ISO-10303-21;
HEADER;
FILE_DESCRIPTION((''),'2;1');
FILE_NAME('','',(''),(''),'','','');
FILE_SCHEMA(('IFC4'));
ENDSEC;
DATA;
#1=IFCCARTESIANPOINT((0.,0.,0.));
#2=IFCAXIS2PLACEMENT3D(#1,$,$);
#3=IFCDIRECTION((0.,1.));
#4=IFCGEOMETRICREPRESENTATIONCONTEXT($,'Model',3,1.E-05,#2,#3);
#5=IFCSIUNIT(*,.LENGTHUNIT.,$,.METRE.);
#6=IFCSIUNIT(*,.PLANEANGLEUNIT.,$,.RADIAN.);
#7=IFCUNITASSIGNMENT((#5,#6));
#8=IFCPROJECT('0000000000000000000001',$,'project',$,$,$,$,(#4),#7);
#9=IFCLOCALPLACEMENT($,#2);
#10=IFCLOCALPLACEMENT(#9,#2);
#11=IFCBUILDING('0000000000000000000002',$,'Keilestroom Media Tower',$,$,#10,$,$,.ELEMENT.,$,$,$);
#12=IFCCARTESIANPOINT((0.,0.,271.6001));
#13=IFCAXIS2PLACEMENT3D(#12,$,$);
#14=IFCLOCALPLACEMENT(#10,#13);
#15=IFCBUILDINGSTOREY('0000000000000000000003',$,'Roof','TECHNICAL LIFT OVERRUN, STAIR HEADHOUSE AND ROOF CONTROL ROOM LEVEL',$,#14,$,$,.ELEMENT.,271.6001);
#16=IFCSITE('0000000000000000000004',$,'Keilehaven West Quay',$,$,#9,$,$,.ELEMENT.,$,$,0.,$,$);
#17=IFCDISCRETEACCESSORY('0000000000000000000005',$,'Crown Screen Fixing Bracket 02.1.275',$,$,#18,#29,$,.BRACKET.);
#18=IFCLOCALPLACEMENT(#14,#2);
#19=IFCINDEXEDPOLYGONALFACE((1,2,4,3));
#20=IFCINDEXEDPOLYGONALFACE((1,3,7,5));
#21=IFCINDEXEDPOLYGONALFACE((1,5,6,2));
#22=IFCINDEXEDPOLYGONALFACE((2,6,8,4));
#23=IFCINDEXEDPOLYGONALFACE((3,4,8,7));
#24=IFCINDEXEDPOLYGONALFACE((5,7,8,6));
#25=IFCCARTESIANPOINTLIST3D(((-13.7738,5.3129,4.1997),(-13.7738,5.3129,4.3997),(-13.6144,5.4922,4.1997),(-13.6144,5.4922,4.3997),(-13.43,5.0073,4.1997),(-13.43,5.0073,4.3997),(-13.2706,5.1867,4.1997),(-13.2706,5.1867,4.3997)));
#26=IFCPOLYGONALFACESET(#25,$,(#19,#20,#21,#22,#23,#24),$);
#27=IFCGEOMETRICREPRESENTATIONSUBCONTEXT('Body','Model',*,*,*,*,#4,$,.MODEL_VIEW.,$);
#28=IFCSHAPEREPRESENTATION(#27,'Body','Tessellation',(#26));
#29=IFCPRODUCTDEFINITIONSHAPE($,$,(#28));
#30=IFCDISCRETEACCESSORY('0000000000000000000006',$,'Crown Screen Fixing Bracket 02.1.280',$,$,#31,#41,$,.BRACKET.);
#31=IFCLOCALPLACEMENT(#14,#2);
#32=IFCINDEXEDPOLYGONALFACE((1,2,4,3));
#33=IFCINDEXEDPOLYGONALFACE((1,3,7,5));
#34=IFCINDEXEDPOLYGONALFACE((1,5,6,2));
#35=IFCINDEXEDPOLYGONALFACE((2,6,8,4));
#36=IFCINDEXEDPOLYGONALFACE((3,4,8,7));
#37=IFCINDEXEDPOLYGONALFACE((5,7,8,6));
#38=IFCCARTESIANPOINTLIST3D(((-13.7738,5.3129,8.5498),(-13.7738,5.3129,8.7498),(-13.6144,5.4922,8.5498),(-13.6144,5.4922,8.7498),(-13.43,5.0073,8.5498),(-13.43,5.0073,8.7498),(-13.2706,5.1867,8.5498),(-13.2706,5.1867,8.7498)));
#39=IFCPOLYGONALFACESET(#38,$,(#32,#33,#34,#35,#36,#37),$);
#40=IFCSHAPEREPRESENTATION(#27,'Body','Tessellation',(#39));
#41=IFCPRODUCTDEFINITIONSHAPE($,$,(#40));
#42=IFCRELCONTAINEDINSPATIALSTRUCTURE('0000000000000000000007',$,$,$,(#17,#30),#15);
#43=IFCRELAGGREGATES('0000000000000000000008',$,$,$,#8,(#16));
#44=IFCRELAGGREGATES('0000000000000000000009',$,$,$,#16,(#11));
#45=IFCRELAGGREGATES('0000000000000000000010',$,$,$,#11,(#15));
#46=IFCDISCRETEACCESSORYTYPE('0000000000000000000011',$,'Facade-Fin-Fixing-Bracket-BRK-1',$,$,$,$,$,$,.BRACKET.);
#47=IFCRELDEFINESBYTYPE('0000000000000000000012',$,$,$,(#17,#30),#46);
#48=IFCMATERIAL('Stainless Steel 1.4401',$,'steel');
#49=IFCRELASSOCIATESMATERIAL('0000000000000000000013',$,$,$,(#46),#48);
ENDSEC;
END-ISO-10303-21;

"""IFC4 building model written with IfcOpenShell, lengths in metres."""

from ifc_helpers import new_model, si_unit, direction, frame, origin, origin_2d, place, context, subcontext, project, spatial, rectangle, extrude, source, transform, mapped, material, type_object, element, save


model = new_model("IFC4")

# Units and contexts
model_context = context("Model", 3, precision=1e-05, world=origin(), true_north=direction((0.0, 1.0)))
body_context = subcontext(model_context, "Body", "Model", "MODEL_VIEW")
ifc_project = project(units=[si_unit("LENGTHUNIT", "METRE"), si_unit("PLANEANGLEUNIT", "RADIAN")], contexts=[model_context])

# Site, building, storey
site_placement = place(None, origin())
site = spatial("IfcSite", under=ifc_project, at=site_placement, Name="Keilehaven West Quay", CompositionType="ELEMENT", RefElevation=0.0)
building_placement = place(site_placement, origin())
building = spatial("IfcBuilding", under=site, at=building_placement, Name="Keilestroom Media Tower", CompositionType="ELEMENT")
storey_placement = place(building_placement, frame((0.0, 0.0, 271.6001)))
storey = spatial("IfcBuildingStorey", under=building, at=storey_placement, Name="Roof", Description="TECHNICAL LIFT OVERRUN, STAIR HEADHOUSE AND ROOF CONTROL ROOM LEVEL", CompositionType="ELEMENT", Elevation=271.6001)

# Discrete accessories
ifc_material_1 = material(Name="Stainless Steel 1.4401", Category="steel")
discrete_accessory_type = type_object("IfcDiscreteAccessoryType", Name="Facade-Fin-Fixing-Bracket-BRK-1", PredefinedType="BRACKET", material=ifc_material_1)
shared_shape_1 = source(origin(), body_context, "Body", "SweptSolid", [
    extrude(rectangle(XDim=0.24, YDim=0.46, at=origin_2d()), origin(), (0.0, 0.0, 1.0), 0.2),
])
for number, where, z_axis, x_axis, name in (
    (1, (-13.5222, 5.2498, 4.1997), (0.0, 0.0, 1.0), (0.664363, 0.74741, 0.0), "Crown Screen Fixing Bracket 02.1.275"),
    (2, (-13.5222, 5.2498, 8.5498), (0.0, 0.0, 1.0), (0.664363, 0.74741, 0.0), "Crown Screen Fixing Bracket 02.1.280"),
):
    element("IfcDiscreteAccessory", number, at=place(storey_placement, frame(where, z_axis=z_axis, x_axis=x_axis)), inside=storey, type_object=discrete_accessory_type, Name=name, PredefinedType="BRACKET", context=body_context, shape_type="MappedRepresentation", body=[
        mapped(shared_shape_1, transform((0.0, 0.0, 0.0), x_axis=(1.0, 0.0, 0.0), y_axis=(0.0, 1.0, 0.0), z_axis=(0.0, 0.0, 1.0), scale=1.0)),
    ])

save(model, "model.ifc")
